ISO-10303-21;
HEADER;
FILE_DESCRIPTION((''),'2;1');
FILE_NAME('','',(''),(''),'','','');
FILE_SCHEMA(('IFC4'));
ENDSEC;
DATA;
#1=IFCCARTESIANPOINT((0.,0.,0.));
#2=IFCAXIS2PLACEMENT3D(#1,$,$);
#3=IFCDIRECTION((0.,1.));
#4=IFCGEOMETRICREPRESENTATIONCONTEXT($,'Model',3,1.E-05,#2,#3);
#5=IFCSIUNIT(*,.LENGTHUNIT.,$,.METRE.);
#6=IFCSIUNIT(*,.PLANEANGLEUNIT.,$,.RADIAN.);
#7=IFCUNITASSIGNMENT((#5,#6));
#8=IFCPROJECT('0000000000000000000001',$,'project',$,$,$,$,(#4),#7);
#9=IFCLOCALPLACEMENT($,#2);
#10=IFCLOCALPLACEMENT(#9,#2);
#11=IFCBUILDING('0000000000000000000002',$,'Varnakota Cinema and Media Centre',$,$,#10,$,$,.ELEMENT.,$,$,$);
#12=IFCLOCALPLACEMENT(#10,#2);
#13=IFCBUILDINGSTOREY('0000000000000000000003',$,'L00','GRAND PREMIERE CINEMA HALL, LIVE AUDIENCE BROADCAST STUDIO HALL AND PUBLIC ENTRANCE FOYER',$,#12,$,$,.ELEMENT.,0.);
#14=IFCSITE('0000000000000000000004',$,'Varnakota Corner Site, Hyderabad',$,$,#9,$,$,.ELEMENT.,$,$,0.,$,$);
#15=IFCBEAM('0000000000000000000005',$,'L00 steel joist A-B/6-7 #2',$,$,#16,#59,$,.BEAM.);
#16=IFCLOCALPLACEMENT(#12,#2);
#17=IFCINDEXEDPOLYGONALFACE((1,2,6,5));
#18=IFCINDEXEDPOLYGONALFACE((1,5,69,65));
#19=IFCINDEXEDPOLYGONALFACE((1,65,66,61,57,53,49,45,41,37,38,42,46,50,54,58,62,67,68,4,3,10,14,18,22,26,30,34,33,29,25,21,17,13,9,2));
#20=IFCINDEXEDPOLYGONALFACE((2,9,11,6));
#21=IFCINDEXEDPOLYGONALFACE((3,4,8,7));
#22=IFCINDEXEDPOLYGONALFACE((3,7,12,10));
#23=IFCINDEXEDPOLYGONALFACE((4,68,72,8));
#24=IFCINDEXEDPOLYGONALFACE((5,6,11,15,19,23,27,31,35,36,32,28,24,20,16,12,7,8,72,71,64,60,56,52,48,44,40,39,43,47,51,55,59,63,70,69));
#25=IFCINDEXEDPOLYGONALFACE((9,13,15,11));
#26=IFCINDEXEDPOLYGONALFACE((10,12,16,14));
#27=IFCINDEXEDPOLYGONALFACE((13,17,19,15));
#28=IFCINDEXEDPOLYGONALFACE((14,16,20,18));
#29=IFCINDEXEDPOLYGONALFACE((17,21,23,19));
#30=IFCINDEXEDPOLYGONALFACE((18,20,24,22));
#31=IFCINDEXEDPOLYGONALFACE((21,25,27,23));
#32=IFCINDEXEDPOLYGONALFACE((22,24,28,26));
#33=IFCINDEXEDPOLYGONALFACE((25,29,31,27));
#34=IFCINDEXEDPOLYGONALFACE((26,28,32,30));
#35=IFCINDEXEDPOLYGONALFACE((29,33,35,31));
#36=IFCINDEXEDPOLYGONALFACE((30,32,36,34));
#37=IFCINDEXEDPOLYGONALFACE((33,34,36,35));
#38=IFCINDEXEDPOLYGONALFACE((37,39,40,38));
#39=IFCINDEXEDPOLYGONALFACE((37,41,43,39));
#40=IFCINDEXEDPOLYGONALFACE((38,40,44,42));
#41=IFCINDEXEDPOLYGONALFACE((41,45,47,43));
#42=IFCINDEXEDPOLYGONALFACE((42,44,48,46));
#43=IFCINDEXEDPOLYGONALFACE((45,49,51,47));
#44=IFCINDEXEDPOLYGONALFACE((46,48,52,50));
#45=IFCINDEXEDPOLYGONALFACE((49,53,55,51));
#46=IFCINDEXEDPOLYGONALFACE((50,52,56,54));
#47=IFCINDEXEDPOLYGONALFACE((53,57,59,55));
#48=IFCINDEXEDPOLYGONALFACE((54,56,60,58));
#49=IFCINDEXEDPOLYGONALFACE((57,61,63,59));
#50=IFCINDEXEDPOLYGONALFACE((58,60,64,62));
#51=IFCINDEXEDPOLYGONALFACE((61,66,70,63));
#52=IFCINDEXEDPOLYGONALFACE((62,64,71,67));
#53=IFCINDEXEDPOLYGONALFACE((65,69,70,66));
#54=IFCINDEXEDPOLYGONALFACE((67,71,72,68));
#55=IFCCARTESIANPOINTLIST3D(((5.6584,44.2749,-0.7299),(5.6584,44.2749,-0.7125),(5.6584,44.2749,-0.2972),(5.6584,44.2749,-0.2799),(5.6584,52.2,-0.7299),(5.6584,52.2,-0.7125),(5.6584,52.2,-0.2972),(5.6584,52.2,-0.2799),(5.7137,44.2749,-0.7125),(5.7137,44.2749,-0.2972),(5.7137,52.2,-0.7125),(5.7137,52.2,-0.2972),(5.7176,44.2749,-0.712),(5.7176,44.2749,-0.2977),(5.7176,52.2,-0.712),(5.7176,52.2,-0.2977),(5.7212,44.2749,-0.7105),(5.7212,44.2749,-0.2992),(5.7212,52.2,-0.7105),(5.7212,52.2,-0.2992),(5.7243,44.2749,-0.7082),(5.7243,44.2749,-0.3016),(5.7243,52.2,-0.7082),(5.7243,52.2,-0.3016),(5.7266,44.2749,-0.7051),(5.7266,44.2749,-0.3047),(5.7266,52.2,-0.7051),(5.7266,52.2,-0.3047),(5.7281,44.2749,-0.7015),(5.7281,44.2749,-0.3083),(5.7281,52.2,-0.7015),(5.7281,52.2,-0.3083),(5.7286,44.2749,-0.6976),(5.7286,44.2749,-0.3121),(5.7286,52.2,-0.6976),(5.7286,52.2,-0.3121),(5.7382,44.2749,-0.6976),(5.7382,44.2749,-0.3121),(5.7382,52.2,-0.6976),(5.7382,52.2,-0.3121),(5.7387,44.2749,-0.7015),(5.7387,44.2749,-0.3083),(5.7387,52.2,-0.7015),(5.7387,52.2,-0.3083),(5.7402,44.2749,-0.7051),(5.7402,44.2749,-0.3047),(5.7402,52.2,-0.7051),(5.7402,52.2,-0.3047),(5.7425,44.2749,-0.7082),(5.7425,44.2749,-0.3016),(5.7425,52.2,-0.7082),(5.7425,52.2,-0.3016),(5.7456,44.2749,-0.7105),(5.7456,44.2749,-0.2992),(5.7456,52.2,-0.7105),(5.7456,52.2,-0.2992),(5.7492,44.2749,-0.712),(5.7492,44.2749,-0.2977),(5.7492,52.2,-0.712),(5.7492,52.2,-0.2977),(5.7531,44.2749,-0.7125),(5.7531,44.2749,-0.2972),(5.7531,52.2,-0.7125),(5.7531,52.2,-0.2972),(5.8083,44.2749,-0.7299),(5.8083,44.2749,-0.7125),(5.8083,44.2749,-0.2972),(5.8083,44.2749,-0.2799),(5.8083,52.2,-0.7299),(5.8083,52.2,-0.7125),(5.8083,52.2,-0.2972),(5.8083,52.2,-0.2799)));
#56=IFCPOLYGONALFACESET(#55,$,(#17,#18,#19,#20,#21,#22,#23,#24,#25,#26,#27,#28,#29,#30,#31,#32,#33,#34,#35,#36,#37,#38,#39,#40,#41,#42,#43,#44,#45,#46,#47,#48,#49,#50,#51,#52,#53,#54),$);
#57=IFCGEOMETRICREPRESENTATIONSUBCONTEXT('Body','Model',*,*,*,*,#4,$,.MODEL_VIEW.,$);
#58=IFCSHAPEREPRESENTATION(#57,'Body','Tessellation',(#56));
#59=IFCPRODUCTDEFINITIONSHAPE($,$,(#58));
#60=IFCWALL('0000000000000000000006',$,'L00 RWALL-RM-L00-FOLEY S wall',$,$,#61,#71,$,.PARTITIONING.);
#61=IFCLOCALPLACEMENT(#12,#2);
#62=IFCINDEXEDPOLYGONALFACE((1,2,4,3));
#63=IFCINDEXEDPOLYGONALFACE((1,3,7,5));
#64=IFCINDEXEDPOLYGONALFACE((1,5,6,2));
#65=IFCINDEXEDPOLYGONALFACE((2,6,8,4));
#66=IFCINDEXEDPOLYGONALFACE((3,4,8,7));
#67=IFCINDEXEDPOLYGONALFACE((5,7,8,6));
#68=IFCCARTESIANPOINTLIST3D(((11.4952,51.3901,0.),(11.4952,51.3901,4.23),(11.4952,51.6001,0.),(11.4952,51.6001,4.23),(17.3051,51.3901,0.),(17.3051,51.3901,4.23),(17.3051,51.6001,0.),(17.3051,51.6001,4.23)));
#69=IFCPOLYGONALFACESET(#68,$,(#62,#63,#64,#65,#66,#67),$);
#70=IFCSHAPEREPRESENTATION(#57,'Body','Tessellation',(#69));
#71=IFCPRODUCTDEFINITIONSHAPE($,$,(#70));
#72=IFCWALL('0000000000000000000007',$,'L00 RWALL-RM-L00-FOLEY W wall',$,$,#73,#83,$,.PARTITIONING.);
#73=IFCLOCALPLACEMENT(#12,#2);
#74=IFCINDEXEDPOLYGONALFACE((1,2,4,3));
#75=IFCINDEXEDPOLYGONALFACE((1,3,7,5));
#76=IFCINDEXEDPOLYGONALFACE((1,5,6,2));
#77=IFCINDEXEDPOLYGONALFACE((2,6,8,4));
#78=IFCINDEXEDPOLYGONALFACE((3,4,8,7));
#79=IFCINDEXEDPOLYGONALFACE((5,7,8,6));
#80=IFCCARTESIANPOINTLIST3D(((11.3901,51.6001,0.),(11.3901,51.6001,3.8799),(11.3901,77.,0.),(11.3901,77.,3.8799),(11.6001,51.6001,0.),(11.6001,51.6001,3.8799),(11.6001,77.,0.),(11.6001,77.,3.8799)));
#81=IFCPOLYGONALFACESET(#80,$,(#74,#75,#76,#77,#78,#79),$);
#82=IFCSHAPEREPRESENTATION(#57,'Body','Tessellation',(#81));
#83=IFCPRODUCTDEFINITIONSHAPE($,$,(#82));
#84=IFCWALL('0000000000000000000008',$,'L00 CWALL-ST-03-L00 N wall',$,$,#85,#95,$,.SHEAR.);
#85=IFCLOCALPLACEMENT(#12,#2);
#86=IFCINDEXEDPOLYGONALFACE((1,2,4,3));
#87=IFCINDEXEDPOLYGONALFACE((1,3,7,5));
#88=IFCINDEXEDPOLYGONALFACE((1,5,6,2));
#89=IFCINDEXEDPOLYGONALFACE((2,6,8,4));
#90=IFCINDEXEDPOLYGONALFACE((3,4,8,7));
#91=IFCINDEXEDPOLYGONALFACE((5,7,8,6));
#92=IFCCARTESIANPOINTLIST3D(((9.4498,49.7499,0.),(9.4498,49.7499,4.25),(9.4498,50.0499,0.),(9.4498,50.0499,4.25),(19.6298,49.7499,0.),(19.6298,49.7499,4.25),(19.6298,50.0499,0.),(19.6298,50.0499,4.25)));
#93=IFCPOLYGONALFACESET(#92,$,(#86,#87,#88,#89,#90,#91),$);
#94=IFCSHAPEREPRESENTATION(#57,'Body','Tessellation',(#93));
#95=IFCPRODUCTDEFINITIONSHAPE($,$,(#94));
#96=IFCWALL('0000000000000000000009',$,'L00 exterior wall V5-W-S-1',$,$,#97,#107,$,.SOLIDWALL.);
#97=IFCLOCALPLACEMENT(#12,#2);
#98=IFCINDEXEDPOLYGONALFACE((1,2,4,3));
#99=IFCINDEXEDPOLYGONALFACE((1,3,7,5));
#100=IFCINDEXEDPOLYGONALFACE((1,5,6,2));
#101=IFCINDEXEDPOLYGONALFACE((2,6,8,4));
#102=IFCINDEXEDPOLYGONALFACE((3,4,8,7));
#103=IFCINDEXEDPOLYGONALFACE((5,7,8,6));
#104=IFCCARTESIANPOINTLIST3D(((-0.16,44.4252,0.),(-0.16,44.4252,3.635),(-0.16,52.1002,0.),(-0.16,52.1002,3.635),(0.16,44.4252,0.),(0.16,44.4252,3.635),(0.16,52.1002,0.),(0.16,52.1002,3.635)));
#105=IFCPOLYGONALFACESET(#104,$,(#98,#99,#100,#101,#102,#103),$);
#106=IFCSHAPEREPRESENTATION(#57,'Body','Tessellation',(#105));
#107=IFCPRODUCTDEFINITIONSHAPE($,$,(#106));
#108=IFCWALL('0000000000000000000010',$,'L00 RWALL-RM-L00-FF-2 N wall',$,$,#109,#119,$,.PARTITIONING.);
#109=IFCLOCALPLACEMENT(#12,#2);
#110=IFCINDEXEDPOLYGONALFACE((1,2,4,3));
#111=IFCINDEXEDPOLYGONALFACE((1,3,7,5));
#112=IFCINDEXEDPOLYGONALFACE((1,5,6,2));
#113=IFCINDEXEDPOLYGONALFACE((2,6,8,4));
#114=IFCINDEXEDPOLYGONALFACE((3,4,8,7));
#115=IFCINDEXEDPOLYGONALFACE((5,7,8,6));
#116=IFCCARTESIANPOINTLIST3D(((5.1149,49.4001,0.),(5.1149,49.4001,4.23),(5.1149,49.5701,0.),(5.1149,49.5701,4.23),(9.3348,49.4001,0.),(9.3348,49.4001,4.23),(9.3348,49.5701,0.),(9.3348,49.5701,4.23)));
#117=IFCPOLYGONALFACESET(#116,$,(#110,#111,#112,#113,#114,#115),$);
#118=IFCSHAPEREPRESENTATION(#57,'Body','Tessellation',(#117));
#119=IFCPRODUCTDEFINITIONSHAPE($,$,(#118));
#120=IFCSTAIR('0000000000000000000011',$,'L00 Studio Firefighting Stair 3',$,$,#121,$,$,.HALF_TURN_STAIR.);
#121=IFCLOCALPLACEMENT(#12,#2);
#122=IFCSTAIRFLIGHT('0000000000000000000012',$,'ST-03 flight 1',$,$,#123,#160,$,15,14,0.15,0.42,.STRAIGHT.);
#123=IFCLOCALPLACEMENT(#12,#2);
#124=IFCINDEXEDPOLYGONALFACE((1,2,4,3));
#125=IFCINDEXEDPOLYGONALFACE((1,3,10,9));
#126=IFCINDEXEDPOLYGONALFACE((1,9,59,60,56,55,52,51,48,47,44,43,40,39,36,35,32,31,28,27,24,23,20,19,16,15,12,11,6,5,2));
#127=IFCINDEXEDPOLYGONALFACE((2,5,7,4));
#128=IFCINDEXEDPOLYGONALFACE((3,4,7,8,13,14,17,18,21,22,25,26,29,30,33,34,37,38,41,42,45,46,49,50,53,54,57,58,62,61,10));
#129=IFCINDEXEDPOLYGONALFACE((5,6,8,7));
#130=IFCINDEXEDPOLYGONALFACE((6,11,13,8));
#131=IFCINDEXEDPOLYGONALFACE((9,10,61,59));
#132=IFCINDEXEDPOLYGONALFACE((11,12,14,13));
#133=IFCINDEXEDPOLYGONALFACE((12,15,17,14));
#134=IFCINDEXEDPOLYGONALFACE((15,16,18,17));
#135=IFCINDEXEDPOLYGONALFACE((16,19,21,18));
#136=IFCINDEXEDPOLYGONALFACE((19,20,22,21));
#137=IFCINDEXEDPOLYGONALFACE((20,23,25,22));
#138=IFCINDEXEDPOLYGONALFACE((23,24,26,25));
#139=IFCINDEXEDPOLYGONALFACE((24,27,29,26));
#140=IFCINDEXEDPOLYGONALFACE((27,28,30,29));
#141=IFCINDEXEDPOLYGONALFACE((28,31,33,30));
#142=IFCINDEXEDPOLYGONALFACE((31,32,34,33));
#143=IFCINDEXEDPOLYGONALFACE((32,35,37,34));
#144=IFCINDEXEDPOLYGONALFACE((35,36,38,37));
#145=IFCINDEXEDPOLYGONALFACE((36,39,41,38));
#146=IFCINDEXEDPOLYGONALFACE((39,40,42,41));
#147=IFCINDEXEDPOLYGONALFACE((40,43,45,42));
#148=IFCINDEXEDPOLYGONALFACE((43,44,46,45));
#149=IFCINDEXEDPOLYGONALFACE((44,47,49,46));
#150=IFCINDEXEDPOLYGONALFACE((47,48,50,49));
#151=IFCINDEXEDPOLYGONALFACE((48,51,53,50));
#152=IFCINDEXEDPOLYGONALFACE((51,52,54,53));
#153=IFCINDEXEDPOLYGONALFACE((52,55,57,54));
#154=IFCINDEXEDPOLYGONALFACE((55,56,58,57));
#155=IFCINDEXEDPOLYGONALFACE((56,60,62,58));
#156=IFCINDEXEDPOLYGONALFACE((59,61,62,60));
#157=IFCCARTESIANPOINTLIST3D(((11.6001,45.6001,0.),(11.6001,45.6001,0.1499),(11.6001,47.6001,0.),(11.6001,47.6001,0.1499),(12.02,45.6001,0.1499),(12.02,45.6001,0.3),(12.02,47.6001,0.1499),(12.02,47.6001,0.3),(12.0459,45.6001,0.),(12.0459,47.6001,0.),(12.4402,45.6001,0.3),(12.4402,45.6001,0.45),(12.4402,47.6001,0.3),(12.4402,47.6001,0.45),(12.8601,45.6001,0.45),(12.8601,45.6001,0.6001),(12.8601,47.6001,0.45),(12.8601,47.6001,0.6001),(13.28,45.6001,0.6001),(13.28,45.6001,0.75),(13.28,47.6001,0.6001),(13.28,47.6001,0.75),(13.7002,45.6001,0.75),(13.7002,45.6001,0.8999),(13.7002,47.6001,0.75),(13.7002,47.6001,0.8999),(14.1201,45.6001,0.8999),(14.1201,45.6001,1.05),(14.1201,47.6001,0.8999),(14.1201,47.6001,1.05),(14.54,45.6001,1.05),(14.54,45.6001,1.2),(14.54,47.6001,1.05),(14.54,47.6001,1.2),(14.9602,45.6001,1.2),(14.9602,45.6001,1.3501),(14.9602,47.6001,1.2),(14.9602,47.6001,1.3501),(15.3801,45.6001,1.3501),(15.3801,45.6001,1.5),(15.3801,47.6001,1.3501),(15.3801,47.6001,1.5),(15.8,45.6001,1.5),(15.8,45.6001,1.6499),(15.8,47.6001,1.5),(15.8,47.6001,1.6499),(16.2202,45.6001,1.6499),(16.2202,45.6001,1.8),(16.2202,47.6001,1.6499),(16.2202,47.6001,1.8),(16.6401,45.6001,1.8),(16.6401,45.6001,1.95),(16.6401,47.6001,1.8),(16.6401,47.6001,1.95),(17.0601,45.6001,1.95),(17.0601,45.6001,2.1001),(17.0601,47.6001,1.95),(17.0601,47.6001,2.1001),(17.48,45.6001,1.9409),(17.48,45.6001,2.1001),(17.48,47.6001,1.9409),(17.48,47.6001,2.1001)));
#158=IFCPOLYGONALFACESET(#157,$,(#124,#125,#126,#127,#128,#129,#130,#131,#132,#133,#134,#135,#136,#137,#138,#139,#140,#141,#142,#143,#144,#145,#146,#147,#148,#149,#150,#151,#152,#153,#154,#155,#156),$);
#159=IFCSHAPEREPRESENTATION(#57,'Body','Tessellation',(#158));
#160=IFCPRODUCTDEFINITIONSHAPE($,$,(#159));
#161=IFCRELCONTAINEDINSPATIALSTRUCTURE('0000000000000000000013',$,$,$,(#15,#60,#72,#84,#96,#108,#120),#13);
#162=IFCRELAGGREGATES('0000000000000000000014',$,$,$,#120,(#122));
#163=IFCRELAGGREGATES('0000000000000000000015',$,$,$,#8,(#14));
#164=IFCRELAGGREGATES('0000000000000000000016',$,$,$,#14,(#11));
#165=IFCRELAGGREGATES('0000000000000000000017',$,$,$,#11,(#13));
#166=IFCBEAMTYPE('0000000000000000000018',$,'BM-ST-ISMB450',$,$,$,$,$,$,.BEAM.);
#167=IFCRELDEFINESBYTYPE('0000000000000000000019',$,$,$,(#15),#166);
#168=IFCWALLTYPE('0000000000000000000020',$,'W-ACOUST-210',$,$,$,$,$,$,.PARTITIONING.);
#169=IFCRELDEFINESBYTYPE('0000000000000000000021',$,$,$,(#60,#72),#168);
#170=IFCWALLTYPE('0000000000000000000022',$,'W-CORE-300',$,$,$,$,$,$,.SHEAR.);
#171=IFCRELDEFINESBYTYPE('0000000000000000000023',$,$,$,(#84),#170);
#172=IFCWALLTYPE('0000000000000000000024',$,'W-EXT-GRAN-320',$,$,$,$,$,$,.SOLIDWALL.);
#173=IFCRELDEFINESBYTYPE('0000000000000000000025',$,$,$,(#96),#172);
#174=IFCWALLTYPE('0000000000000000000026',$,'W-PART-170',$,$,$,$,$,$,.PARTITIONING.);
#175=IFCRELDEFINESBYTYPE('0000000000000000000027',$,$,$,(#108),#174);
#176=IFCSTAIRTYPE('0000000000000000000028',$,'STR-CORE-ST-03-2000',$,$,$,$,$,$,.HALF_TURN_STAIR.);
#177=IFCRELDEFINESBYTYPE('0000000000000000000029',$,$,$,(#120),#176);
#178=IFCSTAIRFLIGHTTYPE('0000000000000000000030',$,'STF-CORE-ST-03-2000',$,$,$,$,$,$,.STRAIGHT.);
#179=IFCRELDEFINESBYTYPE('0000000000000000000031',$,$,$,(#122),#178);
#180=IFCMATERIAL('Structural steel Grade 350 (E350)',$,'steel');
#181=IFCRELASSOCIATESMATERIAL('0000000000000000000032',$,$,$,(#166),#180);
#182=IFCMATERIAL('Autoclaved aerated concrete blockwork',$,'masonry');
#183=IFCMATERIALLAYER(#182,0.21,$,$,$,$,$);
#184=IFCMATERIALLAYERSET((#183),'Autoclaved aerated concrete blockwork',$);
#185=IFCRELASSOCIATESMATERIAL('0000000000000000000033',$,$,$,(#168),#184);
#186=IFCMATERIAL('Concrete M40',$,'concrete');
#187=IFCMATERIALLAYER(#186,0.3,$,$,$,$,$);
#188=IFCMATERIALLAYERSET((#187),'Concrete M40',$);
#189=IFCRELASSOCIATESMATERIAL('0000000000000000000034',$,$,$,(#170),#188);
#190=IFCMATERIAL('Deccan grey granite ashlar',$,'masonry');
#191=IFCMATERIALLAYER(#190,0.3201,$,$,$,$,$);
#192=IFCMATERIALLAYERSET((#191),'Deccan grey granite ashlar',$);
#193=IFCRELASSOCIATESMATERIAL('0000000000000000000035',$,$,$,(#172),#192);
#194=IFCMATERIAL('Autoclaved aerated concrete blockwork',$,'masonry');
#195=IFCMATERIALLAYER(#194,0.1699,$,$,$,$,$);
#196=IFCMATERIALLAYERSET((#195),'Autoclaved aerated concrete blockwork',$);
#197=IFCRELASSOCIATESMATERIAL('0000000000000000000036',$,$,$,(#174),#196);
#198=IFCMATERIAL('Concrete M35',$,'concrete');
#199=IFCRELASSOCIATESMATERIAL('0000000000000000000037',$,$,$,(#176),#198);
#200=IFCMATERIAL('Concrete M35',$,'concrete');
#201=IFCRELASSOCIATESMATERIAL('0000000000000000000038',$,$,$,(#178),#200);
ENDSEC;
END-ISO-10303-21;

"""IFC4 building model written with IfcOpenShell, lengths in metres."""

from ifc_helpers import new_model, si_unit, direction, frame, frame_2d, origin, origin_2d, place, context, subcontext, project, spatial, polyline, rectangle, i_section, outline, extrude, material, layer, layer_set, material_profile, profile_set, type_object, element, aggregate, save


model = new_model("IFC4")

# Units and contexts
model_context = context("Model", 3, precision=1e-05, world=origin(), true_north=direction((0.0, 1.0)))
body_context = subcontext(model_context, "Body", "Model", "MODEL_VIEW")
ifc_project = project(units=[si_unit("LENGTHUNIT", "METRE"), si_unit("PLANEANGLEUNIT", "RADIAN")], contexts=[model_context])

# Site, building, storey
site_placement = place(None, origin())
site = spatial("IfcSite", under=ifc_project, at=site_placement, Name="Varnakota Corner Site, Hyderabad", CompositionType="ELEMENT", RefElevation=0.0)
building_placement = place(site_placement, origin())
building = spatial("IfcBuilding", under=site, at=building_placement, Name="Varnakota Cinema and Media Centre", CompositionType="ELEMENT")
storey_placement = place(building_placement, origin())
storey = spatial("IfcBuildingStorey", under=building, at=storey_placement, Name="L00", Description="GRAND PREMIERE CINEMA HALL, LIVE AUDIENCE BROADCAST STUDIO HALL AND PUBLIC ENTRANCE FOYER", CompositionType="ELEMENT", Elevation=0.0)

# Beam
ifc_material_1 = material(Name="Structural steel Grade 350 (E350)", Category="steel")
ifc_material_profile_1 = material_profile(ifc_material_1, i_section(OverallWidth=0.1499, OverallDepth=0.45, WebThickness=0.0095, FlangeThickness=0.0173, FilletRadius=0.0149, at=origin_2d()), Name="ISMB 450")
ifc_profile_set_1 = profile_set([ifc_material_profile_1], Name="Structural steel Grade 350 (E350)")
beam_type_1 = type_object("IfcBeamType", Name="BM-ST-ISMB450", PredefinedType="BEAM", material=ifc_profile_set_1)
for number, where, z_axis, x_axis, name in (
    (1, (5.7334, 44.2749, -0.5049), (0.0, 1.0, 0.0), (-1.0, 0.0, 0.0), "L00 steel joist A-B/6-7 #2"),
):
    element("IfcBeam", number, at=place(storey_placement, frame(where, z_axis=z_axis, x_axis=x_axis)), inside=storey, type_object=beam_type_1, Name=name, PredefinedType="BEAM", context=body_context, shape_type="SweptSolid", body=[
        extrude(i_section(OverallWidth=0.1499, OverallDepth=0.45, WebThickness=0.0095, FlangeThickness=0.0173, FilletRadius=0.0149, at=origin_2d()), origin(), (0.0, 0.0, 1.0), 7.925),
    ])

# Walls
ifc_material_2 = material(Name="Autoclaved aerated concrete blockwork", Category="masonry")
ifc_layer_1 = layer(ifc_material_2, 0.21)
ifc_layer_set_1 = layer_set([ifc_layer_1], Name="Autoclaved aerated concrete blockwork")
wall_type_1 = type_object("IfcWallType", Name="W-ACOUST-210", PredefinedType="PARTITIONING", material=ifc_layer_set_1)
wall_1_placement = place(storey_placement, frame((17.3049, 51.4951, 0.0), z_axis=(0.0, 0.0, 1.0), x_axis=(-1.0, 0.0, 0.0)))
element("IfcWall", 2, at=wall_1_placement, inside=storey, type_object=wall_type_1, Name="L00 RWALL-RM-L00-FOLEY S wall", PredefinedType="PARTITIONING", context=body_context, shape_type="SweptSolid", body=[
    extrude(rectangle(XDim=5.8098, YDim=0.21, at=frame_2d((2.9048, 0.0))), origin(), (0.0, 0.0, 1.0), 4.23),
])
wall_2_placement = place(storey_placement, frame((11.4951, 51.6001, 0.0), z_axis=(0.0, 0.0, 1.0), x_axis=(0.0, 1.0, 0.0)))
element("IfcWall", 3, at=wall_2_placement, inside=storey, type_object=wall_type_1, Name="L00 RWALL-RM-L00-FOLEY W wall", PredefinedType="PARTITIONING", context=body_context, shape_type="SweptSolid", body=[
    extrude(rectangle(XDim=25.3999, YDim=0.21, at=frame_2d((12.7, 0.0))), origin(), (0.0, 0.0, 1.0), 3.8799),
])

# Shared definitions
ifc_material_3 = material(Name="Concrete M40", Category="concrete")
ifc_layer_2 = layer(ifc_material_3, 0.3)
ifc_layer_set_2 = layer_set([ifc_layer_2], Name="Concrete M40")
wall_type_2 = type_object("IfcWallType", Name="W-CORE-300", PredefinedType="SHEAR", material=ifc_layer_set_2)

# Walls
wall_3_placement = place(storey_placement, frame((9.45, 49.8999, 0.0), z_axis=(0.0, 0.0, 1.0), x_axis=(1.0, 0.0, 0.0)))
element("IfcWall", 4, at=wall_3_placement, inside=storey, type_object=wall_type_2, Name="L00 CWALL-ST-03-L00 N wall", PredefinedType="SHEAR", context=body_context, shape_type="SweptSolid", body=[
    extrude(rectangle(XDim=10.1799, YDim=0.3, at=frame_2d((5.0898, 0.0))), origin(), (0.0, 0.0, 1.0), 4.25),
])
ifc_material_4 = material(Name="Deccan grey granite ashlar", Category="masonry")
ifc_layer_3 = layer(ifc_material_4, 0.3201)
ifc_layer_set_3 = layer_set([ifc_layer_3], Name="Deccan grey granite ashlar")
wall_type_3 = type_object("IfcWallType", Name="W-EXT-GRAN-320", PredefinedType="SOLIDWALL", material=ifc_layer_set_3)
wall_4_placement = place(storey_placement, frame((0.0, 52.1001, 0.0), z_axis=(0.0, 0.0, 1.0), x_axis=(0.0, -1.0, 0.0)))
element("IfcWall", 5, at=wall_4_placement, inside=storey, type_object=wall_type_3, Name="L00 exterior wall V5-W-S-1", PredefinedType="SOLIDWALL", context=body_context, shape_type="SweptSolid", body=[
    extrude(rectangle(XDim=7.675, YDim=0.3201, at=frame_2d((3.8374, 0.0))), origin(), (0.0, 0.0, 1.0), 3.635),
])
ifc_material_5 = material(Name="Autoclaved aerated concrete blockwork", Category="masonry")
ifc_layer_4 = layer(ifc_material_5, 0.1699)
ifc_layer_set_4 = layer_set([ifc_layer_4], Name="Autoclaved aerated concrete blockwork")
wall_type_4 = type_object("IfcWallType", Name="W-PART-170", PredefinedType="PARTITIONING", material=ifc_layer_set_4)
wall_5_placement = place(storey_placement, frame((5.115, 49.4851, 0.0), z_axis=(0.0, 0.0, 1.0), x_axis=(1.0, 0.0, 0.0)))
element("IfcWall", 6, at=wall_5_placement, inside=storey, type_object=wall_type_4, Name="L00 RWALL-RM-L00-FF-2 N wall", PredefinedType="PARTITIONING", context=body_context, shape_type="SweptSolid", body=[
    extrude(rectangle(XDim=4.22, YDim=0.1699, at=frame_2d((2.1099, 0.0))), origin(), (0.0, 0.0, 1.0), 4.23),
])

# Stair, stair flight
ifc_material_6 = material(Name="Concrete M35", Category="concrete")
stair_type = type_object("IfcStairType", Name="STR-CORE-ST-03-2000", PredefinedType="HALF_TURN_STAIR", material=ifc_material_6)
stair_placement = place(storey_placement, origin())
stair = element("IfcStair", 7, at=stair_placement, inside=storey, type_object=stair_type, Name="L00 Studio Firefighting Stair 3", PredefinedType="HALF_TURN_STAIR")
ifc_material_7 = material(Name="Concrete M35", Category="concrete")
stair_flight_type = type_object("IfcStairFlightType", Name="STF-CORE-ST-03-2000", PredefinedType="STRAIGHT", material=ifc_material_7)
stair_flight_1_placement = place(storey_placement, frame((11.6001, 46.6001, 0.0), z_axis=(0.0, 0.0, 1.0), x_axis=(1.0, 0.0, 0.0)))
stair_flight_1 = element("IfcStairFlight", 8, at=stair_flight_1_placement, type_object=stair_flight_type, Name="ST-03 flight 1", NumberOfRisers=15, NumberOfTreads=14, PredefinedType="STRAIGHT", RiserHeight=0.15, TreadLength=0.42, context=body_context, shape_type="SweptSolid", body=[
    extrude(outline(polyline([(0.0, 0.0), (0.0, 0.1499), (0.4199, 0.1499), (0.4199, 0.3), (0.8401, 0.3), (0.8401, 0.45), (1.26, 0.45), (1.26, 0.6001), (1.6799, 0.6001), (1.6799, 0.75), (2.1001, 0.75), (2.1001, 0.8999), (2.52, 0.8999), (2.52, 1.05), (2.9399, 1.05), (2.9399, 1.2), (3.3601, 1.2), (3.3601, 1.3501), (3.78, 1.3501), (3.78, 1.5), (4.2, 1.5), (4.2, 1.6499), (4.6201, 1.6499), (4.6201, 1.8), (5.04, 1.8), (5.04, 1.95), (5.46, 1.95), (5.46, 2.1001), (5.8799, 2.1001), (5.8799, 2.25), (5.8799, 1.9409), (0.4458, 0.0), (0.0, 0.0)])), frame((0.0, 1.0, 0.0), z_axis=(0.0, -1.0, 0.0), x_axis=(1.0, 0.0, 0.0)), (0.0, 0.0, 1.0), 2.0),
])
aggregate(stair, [stair_flight_1])

save(model, "model.ifc")
